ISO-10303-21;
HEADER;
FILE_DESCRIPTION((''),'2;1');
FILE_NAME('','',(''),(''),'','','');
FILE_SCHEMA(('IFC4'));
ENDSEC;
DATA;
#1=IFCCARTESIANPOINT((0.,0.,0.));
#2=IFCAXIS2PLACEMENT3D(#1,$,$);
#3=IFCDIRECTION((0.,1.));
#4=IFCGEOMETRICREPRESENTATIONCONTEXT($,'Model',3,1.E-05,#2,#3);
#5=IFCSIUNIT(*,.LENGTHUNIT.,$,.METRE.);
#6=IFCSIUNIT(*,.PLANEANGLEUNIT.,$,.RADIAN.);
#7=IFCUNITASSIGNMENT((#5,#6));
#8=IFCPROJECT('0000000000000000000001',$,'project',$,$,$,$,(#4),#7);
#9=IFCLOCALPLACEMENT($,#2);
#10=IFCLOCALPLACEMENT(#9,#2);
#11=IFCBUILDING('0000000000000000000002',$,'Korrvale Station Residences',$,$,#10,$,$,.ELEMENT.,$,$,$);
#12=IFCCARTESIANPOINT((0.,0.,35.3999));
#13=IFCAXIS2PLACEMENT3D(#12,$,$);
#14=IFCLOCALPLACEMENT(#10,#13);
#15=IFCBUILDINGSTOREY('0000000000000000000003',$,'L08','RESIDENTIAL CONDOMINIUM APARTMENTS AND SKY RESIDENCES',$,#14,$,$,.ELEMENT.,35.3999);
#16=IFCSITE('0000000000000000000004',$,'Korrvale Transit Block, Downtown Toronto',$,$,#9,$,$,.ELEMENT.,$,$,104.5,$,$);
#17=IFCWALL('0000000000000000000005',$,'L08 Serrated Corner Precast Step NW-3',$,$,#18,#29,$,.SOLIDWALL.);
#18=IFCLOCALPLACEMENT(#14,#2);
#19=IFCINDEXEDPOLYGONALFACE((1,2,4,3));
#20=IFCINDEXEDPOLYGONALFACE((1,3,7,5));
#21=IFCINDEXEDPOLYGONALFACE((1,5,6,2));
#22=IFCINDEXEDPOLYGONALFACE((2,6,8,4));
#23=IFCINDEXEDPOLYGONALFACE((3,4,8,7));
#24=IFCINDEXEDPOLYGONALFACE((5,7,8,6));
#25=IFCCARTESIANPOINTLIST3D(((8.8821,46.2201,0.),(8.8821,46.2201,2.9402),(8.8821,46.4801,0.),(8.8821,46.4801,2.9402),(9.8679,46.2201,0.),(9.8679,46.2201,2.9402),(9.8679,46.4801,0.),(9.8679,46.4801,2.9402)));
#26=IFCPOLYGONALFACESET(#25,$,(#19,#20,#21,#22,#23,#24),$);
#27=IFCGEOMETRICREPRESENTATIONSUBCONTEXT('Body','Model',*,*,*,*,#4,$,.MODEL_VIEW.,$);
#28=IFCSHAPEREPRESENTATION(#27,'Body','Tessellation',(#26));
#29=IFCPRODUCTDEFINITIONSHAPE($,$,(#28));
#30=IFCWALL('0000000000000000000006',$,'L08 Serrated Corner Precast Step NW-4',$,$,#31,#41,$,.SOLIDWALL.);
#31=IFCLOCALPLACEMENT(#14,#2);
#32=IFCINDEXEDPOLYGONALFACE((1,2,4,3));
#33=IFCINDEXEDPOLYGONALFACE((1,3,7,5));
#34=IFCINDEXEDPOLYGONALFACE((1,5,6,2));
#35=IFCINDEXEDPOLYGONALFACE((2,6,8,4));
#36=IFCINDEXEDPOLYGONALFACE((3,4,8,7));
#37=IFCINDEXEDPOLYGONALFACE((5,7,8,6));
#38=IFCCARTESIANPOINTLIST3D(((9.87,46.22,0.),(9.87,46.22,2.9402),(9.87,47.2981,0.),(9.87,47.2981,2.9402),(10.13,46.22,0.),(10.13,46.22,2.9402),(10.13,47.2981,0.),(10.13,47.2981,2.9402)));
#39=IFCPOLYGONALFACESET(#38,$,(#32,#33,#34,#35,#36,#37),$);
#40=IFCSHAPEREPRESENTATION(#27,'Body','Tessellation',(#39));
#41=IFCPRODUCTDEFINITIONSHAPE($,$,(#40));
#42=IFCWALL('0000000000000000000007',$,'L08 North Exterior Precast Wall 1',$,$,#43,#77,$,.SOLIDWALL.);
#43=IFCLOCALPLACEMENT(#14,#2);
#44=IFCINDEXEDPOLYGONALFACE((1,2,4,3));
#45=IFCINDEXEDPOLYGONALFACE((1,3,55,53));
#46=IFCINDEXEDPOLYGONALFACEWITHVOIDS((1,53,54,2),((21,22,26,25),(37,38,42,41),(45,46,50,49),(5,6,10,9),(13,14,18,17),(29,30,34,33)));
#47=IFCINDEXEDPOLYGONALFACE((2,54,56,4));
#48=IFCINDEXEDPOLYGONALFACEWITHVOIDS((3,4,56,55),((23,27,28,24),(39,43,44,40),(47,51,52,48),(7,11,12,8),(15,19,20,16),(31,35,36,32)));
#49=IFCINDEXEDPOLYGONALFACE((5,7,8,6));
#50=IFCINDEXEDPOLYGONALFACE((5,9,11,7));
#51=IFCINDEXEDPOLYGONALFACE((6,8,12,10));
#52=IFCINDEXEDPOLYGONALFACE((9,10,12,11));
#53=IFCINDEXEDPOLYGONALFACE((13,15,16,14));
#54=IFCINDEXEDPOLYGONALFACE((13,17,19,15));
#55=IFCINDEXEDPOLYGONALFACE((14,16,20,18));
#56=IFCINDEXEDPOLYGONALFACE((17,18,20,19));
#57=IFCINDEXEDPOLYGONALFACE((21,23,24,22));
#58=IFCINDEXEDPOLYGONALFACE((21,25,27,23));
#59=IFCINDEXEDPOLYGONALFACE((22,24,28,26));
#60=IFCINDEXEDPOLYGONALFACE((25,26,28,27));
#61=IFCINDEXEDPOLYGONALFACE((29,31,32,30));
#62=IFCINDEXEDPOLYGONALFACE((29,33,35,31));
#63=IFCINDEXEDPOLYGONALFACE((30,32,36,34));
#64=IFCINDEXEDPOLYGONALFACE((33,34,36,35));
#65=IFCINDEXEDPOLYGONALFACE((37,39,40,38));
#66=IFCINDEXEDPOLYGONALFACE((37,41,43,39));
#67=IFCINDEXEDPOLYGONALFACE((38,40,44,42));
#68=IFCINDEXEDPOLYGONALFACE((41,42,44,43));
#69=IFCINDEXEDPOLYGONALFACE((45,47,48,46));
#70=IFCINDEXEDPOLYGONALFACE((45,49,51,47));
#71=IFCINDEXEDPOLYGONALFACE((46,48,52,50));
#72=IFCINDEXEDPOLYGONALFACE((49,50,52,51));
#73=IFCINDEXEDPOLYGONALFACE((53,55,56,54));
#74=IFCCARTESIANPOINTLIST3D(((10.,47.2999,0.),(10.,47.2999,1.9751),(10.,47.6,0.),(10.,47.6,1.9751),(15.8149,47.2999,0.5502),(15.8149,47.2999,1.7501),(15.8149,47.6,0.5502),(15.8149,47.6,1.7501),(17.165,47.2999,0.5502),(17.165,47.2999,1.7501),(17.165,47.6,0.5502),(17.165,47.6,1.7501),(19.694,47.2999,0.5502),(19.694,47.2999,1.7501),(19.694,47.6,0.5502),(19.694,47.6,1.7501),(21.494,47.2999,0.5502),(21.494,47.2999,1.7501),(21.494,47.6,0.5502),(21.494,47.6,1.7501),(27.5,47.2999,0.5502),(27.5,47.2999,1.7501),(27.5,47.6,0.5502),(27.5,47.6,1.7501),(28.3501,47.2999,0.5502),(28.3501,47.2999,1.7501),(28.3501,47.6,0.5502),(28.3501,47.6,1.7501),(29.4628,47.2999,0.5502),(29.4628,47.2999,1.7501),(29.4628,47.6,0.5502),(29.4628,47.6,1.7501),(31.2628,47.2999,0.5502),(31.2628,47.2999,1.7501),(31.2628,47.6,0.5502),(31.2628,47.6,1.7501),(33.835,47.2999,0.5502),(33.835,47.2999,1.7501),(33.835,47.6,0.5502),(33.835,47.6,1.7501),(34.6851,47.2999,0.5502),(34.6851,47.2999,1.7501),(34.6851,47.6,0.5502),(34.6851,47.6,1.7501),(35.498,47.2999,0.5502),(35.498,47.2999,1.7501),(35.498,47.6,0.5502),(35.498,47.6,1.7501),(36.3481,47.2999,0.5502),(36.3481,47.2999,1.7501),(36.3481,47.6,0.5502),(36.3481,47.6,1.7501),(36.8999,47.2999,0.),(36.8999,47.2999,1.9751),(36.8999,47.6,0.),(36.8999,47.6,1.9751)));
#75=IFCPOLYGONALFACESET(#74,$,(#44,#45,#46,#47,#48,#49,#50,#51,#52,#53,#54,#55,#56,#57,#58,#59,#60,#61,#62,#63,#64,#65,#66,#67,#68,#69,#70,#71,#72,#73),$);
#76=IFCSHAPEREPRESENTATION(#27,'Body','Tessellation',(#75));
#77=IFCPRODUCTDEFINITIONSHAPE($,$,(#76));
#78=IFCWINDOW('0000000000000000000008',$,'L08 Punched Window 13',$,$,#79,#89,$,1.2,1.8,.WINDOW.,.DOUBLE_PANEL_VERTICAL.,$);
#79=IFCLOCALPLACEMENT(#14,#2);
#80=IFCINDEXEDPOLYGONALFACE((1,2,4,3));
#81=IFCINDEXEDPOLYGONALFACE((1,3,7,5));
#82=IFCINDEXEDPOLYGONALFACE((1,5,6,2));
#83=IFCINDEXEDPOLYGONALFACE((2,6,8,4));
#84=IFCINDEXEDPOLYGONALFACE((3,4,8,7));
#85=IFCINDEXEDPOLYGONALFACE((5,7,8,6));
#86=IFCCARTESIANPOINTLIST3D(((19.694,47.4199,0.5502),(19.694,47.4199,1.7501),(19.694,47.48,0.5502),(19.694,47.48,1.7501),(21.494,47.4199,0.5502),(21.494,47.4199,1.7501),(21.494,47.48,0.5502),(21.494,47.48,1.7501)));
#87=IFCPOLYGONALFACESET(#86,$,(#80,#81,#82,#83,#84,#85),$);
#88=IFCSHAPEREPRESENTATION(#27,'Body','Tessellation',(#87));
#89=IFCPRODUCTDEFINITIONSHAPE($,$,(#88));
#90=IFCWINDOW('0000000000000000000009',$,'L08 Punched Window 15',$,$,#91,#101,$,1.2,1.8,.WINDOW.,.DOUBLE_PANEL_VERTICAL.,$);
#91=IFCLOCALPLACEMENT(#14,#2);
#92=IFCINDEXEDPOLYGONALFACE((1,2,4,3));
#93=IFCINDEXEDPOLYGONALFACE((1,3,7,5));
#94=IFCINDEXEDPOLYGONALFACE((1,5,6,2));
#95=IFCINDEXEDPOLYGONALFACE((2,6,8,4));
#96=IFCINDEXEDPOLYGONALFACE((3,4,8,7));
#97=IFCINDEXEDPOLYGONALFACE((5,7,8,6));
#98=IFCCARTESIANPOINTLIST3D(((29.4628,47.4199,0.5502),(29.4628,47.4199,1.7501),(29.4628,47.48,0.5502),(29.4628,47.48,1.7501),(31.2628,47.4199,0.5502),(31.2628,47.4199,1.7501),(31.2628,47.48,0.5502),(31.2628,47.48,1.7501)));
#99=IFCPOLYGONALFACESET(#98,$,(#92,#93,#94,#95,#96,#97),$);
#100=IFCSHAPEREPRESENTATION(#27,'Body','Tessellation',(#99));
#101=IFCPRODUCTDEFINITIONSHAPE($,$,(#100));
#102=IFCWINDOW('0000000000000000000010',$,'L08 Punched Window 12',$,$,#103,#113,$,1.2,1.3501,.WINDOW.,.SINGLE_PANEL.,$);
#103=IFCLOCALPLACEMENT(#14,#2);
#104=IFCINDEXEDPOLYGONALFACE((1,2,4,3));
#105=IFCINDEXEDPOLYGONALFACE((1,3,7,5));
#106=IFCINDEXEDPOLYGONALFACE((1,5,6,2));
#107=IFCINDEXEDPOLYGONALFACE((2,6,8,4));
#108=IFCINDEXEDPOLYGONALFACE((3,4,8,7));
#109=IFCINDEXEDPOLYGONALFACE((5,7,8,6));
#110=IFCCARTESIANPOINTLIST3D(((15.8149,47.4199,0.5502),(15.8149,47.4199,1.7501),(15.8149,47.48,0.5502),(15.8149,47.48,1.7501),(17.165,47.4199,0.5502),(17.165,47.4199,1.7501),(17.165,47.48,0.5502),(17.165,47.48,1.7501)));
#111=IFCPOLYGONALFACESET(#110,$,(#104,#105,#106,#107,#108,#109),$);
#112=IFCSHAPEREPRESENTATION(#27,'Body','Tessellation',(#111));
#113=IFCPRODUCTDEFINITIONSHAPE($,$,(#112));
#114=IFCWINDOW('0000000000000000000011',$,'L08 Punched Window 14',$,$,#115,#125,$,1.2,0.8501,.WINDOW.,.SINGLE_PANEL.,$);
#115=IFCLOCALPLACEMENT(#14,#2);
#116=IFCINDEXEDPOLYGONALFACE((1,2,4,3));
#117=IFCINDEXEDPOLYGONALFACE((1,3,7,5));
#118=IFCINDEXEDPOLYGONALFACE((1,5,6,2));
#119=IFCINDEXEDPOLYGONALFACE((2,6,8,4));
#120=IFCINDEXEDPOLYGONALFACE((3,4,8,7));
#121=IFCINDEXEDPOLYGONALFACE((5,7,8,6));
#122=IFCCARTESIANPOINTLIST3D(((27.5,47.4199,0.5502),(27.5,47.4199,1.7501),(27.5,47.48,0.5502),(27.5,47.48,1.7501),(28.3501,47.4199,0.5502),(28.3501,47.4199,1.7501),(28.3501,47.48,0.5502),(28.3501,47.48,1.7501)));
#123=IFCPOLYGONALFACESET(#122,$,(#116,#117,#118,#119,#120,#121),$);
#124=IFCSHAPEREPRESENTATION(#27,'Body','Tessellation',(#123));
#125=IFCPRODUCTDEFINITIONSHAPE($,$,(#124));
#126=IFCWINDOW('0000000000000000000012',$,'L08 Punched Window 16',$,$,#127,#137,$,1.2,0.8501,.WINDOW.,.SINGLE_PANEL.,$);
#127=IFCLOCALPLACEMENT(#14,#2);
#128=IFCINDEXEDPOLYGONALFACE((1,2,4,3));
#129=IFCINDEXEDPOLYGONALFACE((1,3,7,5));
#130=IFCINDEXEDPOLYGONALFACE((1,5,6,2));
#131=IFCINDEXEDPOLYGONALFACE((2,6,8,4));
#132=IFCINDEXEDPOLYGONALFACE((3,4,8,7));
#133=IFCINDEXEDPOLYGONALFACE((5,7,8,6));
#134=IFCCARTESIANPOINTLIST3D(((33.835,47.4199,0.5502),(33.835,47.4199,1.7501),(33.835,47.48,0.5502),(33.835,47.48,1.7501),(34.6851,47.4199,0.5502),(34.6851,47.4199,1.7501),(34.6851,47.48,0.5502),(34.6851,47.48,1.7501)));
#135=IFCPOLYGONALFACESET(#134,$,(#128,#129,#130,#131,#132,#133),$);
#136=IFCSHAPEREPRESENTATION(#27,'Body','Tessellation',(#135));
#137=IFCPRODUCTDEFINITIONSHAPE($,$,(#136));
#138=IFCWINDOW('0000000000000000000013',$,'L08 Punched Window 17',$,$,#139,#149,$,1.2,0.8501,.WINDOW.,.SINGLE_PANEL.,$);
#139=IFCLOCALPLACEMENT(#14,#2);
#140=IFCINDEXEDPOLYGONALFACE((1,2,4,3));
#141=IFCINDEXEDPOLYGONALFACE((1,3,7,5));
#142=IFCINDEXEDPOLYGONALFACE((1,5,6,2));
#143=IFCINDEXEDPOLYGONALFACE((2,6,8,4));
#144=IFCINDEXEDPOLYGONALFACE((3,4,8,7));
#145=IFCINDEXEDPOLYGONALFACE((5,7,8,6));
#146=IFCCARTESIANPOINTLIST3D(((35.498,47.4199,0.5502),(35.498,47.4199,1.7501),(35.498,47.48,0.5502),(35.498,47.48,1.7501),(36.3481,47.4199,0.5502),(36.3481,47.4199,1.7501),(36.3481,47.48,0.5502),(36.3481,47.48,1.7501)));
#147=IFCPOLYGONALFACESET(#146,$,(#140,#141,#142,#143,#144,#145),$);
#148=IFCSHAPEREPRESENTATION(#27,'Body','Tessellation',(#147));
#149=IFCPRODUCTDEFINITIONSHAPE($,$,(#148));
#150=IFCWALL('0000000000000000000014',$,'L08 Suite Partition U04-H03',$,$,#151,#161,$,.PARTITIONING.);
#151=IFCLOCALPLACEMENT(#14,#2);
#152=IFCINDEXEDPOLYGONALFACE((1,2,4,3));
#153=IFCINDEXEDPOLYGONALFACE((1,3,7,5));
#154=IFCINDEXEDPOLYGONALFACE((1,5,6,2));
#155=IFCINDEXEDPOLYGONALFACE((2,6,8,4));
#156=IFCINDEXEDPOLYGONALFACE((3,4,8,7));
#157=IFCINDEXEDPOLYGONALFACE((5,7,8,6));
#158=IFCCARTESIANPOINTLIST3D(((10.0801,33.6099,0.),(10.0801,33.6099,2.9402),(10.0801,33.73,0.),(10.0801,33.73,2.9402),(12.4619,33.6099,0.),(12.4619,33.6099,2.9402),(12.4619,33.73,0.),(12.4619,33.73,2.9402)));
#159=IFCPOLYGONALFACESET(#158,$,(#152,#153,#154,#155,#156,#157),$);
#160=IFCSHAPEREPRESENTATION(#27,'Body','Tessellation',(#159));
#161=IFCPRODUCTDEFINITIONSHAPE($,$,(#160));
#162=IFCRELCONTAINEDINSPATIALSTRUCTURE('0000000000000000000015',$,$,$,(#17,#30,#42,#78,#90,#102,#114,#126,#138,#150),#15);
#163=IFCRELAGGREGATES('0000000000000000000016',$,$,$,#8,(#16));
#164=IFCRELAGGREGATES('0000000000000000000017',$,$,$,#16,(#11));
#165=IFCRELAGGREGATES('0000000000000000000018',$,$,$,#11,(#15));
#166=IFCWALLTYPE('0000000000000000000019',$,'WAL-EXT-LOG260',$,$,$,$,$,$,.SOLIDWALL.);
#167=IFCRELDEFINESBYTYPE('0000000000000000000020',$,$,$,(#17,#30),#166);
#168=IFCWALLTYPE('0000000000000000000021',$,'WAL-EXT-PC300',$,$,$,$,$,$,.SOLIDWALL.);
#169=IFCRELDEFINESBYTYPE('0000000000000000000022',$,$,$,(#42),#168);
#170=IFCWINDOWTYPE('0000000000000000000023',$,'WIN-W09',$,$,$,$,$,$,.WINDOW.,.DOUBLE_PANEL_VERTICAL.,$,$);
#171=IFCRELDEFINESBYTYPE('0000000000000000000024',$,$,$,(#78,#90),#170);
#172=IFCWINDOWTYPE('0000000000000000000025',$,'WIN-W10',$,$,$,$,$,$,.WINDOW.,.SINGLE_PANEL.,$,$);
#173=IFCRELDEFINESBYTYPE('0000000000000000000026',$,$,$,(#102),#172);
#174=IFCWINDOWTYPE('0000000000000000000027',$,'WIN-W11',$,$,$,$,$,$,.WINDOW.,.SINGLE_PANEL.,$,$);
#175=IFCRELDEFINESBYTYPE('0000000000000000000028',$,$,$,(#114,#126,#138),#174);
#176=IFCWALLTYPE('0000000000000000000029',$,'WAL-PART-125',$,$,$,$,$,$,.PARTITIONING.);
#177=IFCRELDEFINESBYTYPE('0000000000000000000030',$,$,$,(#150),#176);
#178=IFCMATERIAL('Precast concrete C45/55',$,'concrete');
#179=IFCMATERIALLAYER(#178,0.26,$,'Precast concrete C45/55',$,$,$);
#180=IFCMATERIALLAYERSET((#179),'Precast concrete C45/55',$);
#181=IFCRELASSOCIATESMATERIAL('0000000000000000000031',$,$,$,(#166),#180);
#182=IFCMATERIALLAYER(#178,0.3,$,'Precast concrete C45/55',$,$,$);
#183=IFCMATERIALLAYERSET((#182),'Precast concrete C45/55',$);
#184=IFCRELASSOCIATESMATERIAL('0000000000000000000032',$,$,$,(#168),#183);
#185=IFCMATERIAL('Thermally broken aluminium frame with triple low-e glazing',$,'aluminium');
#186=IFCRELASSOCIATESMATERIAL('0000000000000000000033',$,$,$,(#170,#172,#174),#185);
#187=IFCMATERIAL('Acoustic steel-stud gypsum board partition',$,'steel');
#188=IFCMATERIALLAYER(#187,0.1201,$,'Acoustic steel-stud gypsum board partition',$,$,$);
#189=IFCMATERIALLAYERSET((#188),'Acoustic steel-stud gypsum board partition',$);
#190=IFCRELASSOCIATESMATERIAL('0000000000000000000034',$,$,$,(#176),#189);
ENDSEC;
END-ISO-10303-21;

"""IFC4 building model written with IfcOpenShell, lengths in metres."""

from ifc_helpers import new_model, si_unit, direction, frame, frame_2d, origin, place, context, subcontext, project, spatial, rectangle, extrude, material, layer, layer_set, type_object, element, fill, save


model = new_model("IFC4")

# Units and contexts
model_context = context("Model", 3, precision=1e-05, world=origin(), true_north=direction((0.0, 1.0)))
body_context = subcontext(model_context, "Body", "Model", "MODEL_VIEW")
ifc_project = project(units=[si_unit("LENGTHUNIT", "METRE"), si_unit("PLANEANGLEUNIT", "RADIAN")], contexts=[model_context])

# Site, building, storey
site_placement = place(None, origin())
site = spatial("IfcSite", under=ifc_project, at=site_placement, Name="Korrvale Transit Block, Downtown Toronto", CompositionType="ELEMENT", RefElevation=104.5)
building_placement = place(site_placement, origin())
building = spatial("IfcBuilding", under=site, at=building_placement, Name="Korrvale Station Residences", CompositionType="ELEMENT")
storey_placement = place(building_placement, frame((0.0, 0.0, 35.3999)))
storey = spatial("IfcBuildingStorey", under=building, at=storey_placement, Name="L08", Description="RESIDENTIAL CONDOMINIUM APARTMENTS AND SKY RESIDENCES", CompositionType="ELEMENT", Elevation=35.3999)

# Walls
ifc_material_1 = material(Name="Precast concrete C45/55", Category="concrete")
ifc_layer_1 = layer(ifc_material_1, 0.26, Name="Precast concrete C45/55")
ifc_layer_set_1 = layer_set([ifc_layer_1], Name="Precast concrete C45/55")
wall_type_1 = type_object("IfcWallType", Name="WAL-EXT-LOG260", PredefinedType="SOLIDWALL", material=ifc_layer_set_1)
wall_1_placement = place(storey_placement, frame((8.8821, 46.3501, 0.0), z_axis=(0.0, 0.0, 1.0), x_axis=(1.0, 0.0, 0.0)))
element("IfcWall", 1, at=wall_1_placement, inside=storey, type_object=wall_type_1, Name="L08 Serrated Corner Precast Step NW-3", PredefinedType="SOLIDWALL", context=body_context, shape_type="SweptSolid", body=[
    extrude(rectangle(XDim=0.9858, YDim=0.26, at=frame_2d((0.4929, 0.0))), origin(), (0.0, 0.0, 1.0), 2.9402),
])
wall_2_placement = place(storey_placement, frame((10.0, 46.22, 0.0), z_axis=(0.0, 0.0, 1.0), x_axis=(0.0, 1.0, 0.0)))
element("IfcWall", 2, at=wall_2_placement, inside=storey, type_object=wall_type_1, Name="L08 Serrated Corner Precast Step NW-4", PredefinedType="SOLIDWALL", context=body_context, shape_type="SweptSolid", body=[
    extrude(rectangle(XDim=1.0781, YDim=0.26, at=frame_2d((0.5391, 0.0))), origin(), (0.0, 0.0, 1.0), 2.9402),
])

# Wall, openings, windows
ifc_layer_2 = layer(ifc_material_1, 0.3, Name="Precast concrete C45/55")
ifc_layer_set_2 = layer_set([ifc_layer_2], Name="Precast concrete C45/55")
wall_type_2 = type_object("IfcWallType", Name="WAL-EXT-PC300", PredefinedType="SOLIDWALL", material=ifc_layer_set_2)
wall_3_placement = place(storey_placement, frame((10.0, 47.45, 0.0), z_axis=(0.0, 0.0, 1.0), x_axis=(1.0, 0.0, 0.0)))
wall_3 = element("IfcWall", 3, at=wall_3_placement, inside=storey, type_object=wall_type_2, Name="L08 North Exterior Precast Wall 1", PredefinedType="SOLIDWALL", context=body_context, shape_type="SweptSolid", body=[
    extrude(rectangle(XDim=26.8999, YDim=0.3, at=frame_2d((13.45, 0.0))), origin(), (0.0, 0.0, 1.0), 1.9751),
])
opening_1_placement = place(wall_3_placement, frame((5.8149, 0.0, 0.55)))
opening_1 = element("IfcOpeningElement", 4, at=opening_1_placement, cuts=wall_3, PredefinedType="OPENING", context=body_context, shape_type="SweptSolid", body=[
    extrude(rectangle(XDim=1.3501, YDim=1.2, at=frame_2d((0.675, 0.6001))), frame((0.0, 0.1602, 0.0), z_axis=(0.0, -1.0, 0.0), x_axis=(1.0, 0.0, 0.0)), (0.0, 0.0, 1.0), 0.3201),
])
opening_2_placement = place(wall_3_placement, frame((9.6941, 0.0, 0.55)))
opening_2 = element("IfcOpeningElement", 5, at=opening_2_placement, cuts=wall_3, PredefinedType="OPENING", context=body_context, shape_type="SweptSolid", body=[
    extrude(rectangle(XDim=1.8, YDim=1.2, at=frame_2d((0.8999, 0.6001))), frame((0.0, 0.1602, 0.0), z_axis=(0.0, -1.0, 0.0), x_axis=(1.0, 0.0, 0.0)), (0.0, 0.0, 1.0), 0.3201),
])
opening_3_placement = place(wall_3_placement, frame((17.5, 0.0, 0.55)))
opening_3 = element("IfcOpeningElement", 6, at=opening_3_placement, cuts=wall_3, PredefinedType="OPENING", context=body_context, shape_type="SweptSolid", body=[
    extrude(rectangle(XDim=0.8501, YDim=1.2, at=frame_2d((0.425, 0.6001))), frame((0.0, 0.1602, 0.0), z_axis=(0.0, -1.0, 0.0), x_axis=(1.0, 0.0, 0.0)), (0.0, 0.0, 1.0), 0.3201),
])
opening_4_placement = place(wall_3_placement, frame((19.4629, 0.0, 0.55)))
opening_4 = element("IfcOpeningElement", 7, at=opening_4_placement, cuts=wall_3, PredefinedType="OPENING", context=body_context, shape_type="SweptSolid", body=[
    extrude(rectangle(XDim=1.8, YDim=1.2, at=frame_2d((0.8999, 0.6001))), frame((0.0, 0.1602, 0.0), z_axis=(0.0, -1.0, 0.0), x_axis=(1.0, 0.0, 0.0)), (0.0, 0.0, 1.0), 0.3201),
])
opening_5_placement = place(wall_3_placement, frame((23.835, 0.0, 0.55)))
opening_5 = element("IfcOpeningElement", 8, at=opening_5_placement, cuts=wall_3, PredefinedType="OPENING", context=body_context, shape_type="SweptSolid", body=[
    extrude(rectangle(XDim=0.8501, YDim=1.2, at=frame_2d((0.425, 0.6001))), frame((0.0, 0.1602, 0.0), z_axis=(0.0, -1.0, 0.0), x_axis=(1.0, 0.0, 0.0)), (0.0, 0.0, 1.0), 0.3201),
])
opening_6_placement = place(wall_3_placement, frame((25.498, 0.0, 0.55)))
opening_6 = element("IfcOpeningElement", 9, at=opening_6_placement, cuts=wall_3, PredefinedType="OPENING", context=body_context, shape_type="SweptSolid", body=[
    extrude(rectangle(XDim=0.8501, YDim=1.2, at=frame_2d((0.425, 0.6001))), frame((0.0, 0.1602, 0.0), z_axis=(0.0, -1.0, 0.0), x_axis=(1.0, 0.0, 0.0)), (0.0, 0.0, 1.0), 0.3201),
])
ifc_material_2 = material(Name="Thermally broken aluminium frame with triple low-e glazing", Category="aluminium")
window_type_1 = type_object("IfcWindowType", Name="WIN-W09", PartitioningType="DOUBLE_PANEL_VERTICAL", PredefinedType="WINDOW", material=ifc_material_2)
window_1_placement = place(opening_2_placement, origin())
window_1 = element("IfcWindow", 10, at=window_1_placement, inside=storey, type_object=window_type_1, Name="L08 Punched Window 13", OverallHeight=1.2, OverallWidth=1.8, PartitioningType="DOUBLE_PANEL_VERTICAL", PredefinedType="WINDOW", context=body_context, shape_type="SweptSolid", body=[
    extrude(rectangle(XDim=1.8, YDim=1.2, at=frame_2d((0.8999, 0.6001))), frame((0.0, 0.03, 0.0), z_axis=(0.0, -1.0, 0.0), x_axis=(1.0, 0.0, 0.0)), (0.0, 0.0, 1.0), 0.0601),
])
fill(opening_2, window_1)
window_2_placement = place(opening_4_placement, origin())
window_2 = element("IfcWindow", 11, at=window_2_placement, inside=storey, type_object=window_type_1, Name="L08 Punched Window 15", OverallHeight=1.2, OverallWidth=1.8, PartitioningType="DOUBLE_PANEL_VERTICAL", PredefinedType="WINDOW", context=body_context, shape_type="SweptSolid", body=[
    extrude(rectangle(XDim=1.8, YDim=1.2, at=frame_2d((0.8999, 0.6001))), frame((0.0, 0.03, 0.0), z_axis=(0.0, -1.0, 0.0), x_axis=(1.0, 0.0, 0.0)), (0.0, 0.0, 1.0), 0.0601),
])
fill(opening_4, window_2)
window_type_2 = type_object("IfcWindowType", Name="WIN-W10", PartitioningType="SINGLE_PANEL", PredefinedType="WINDOW", material=ifc_material_2)
window_3_placement = place(opening_1_placement, origin())
window_3 = element("IfcWindow", 12, at=window_3_placement, inside=storey, type_object=window_type_2, Name="L08 Punched Window 12", OverallHeight=1.2, OverallWidth=1.3501, PartitioningType="SINGLE_PANEL", PredefinedType="WINDOW", context=body_context, shape_type="SweptSolid", body=[
    extrude(rectangle(XDim=1.3501, YDim=1.2, at=frame_2d((0.675, 0.6001))), frame((0.0, 0.03, 0.0), z_axis=(0.0, -1.0, 0.0), x_axis=(1.0, 0.0, 0.0)), (0.0, 0.0, 1.0), 0.0601),
])
fill(opening_1, window_3)
window_type_3 = type_object("IfcWindowType", Name="WIN-W11", PartitioningType="SINGLE_PANEL", PredefinedType="WINDOW", material=ifc_material_2)
window_4_placement = place(opening_3_placement, origin())
window_4 = element("IfcWindow", 13, at=window_4_placement, inside=storey, type_object=window_type_3, Name="L08 Punched Window 14", OverallHeight=1.2, OverallWidth=0.8501, PartitioningType="SINGLE_PANEL", PredefinedType="WINDOW", context=body_context, shape_type="SweptSolid", body=[
    extrude(rectangle(XDim=0.8501, YDim=1.2, at=frame_2d((0.425, 0.6001))), frame((0.0, 0.03, 0.0), z_axis=(0.0, -1.0, 0.0), x_axis=(1.0, 0.0, 0.0)), (0.0, 0.0, 1.0), 0.0601),
])
fill(opening_3, window_4)
window_5_placement = place(opening_5_placement, origin())
window_5 = element("IfcWindow", 14, at=window_5_placement, inside=storey, type_object=window_type_3, Name="L08 Punched Window 16", OverallHeight=1.2, OverallWidth=0.8501, PartitioningType="SINGLE_PANEL", PredefinedType="WINDOW", context=body_context, shape_type="SweptSolid", body=[
    extrude(rectangle(XDim=0.8501, YDim=1.2, at=frame_2d((0.425, 0.6001))), frame((0.0, 0.03, 0.0), z_axis=(0.0, -1.0, 0.0), x_axis=(1.0, 0.0, 0.0)), (0.0, 0.0, 1.0), 0.0601),
])
fill(opening_5, window_5)
window_6_placement = place(opening_6_placement, origin())
window_6 = element("IfcWindow", 15, at=window_6_placement, inside=storey, type_object=window_type_3, Name="L08 Punched Window 17", OverallHeight=1.2, OverallWidth=0.8501, PartitioningType="SINGLE_PANEL", PredefinedType="WINDOW", context=body_context, shape_type="SweptSolid", body=[
    extrude(rectangle(XDim=0.8501, YDim=1.2, at=frame_2d((0.425, 0.6001))), frame((0.0, 0.03, 0.0), z_axis=(0.0, -1.0, 0.0), x_axis=(1.0, 0.0, 0.0)), (0.0, 0.0, 1.0), 0.0601),
])
fill(opening_6, window_6)

# Wall
ifc_material_3 = material(Name="Acoustic steel-stud gypsum board partition", Category="steel")
ifc_layer_3 = layer(ifc_material_3, 0.1201, Name="Acoustic steel-stud gypsum board partition")
ifc_layer_set_3 = layer_set([ifc_layer_3], Name="Acoustic steel-stud gypsum board partition")
wall_type_3 = type_object("IfcWallType", Name="WAL-PART-125", PredefinedType="PARTITIONING", material=ifc_layer_set_3)
wall_4_placement = place(storey_placement, frame((10.0801, 33.6699, 0.0), z_axis=(0.0, 0.0, 1.0), x_axis=(1.0, 0.0, 0.0)))
element("IfcWall", 16, at=wall_4_placement, inside=storey, type_object=wall_type_3, Name="L08 Suite Partition U04-H03", PredefinedType="PARTITIONING", context=body_context, shape_type="SweptSolid", body=[
    extrude(rectangle(XDim=2.3818, YDim=0.1201, at=frame_2d((1.1909, 0.0))), origin(), (0.0, 0.0, 1.0), 2.9402),
])

save(model, "model.ifc")
